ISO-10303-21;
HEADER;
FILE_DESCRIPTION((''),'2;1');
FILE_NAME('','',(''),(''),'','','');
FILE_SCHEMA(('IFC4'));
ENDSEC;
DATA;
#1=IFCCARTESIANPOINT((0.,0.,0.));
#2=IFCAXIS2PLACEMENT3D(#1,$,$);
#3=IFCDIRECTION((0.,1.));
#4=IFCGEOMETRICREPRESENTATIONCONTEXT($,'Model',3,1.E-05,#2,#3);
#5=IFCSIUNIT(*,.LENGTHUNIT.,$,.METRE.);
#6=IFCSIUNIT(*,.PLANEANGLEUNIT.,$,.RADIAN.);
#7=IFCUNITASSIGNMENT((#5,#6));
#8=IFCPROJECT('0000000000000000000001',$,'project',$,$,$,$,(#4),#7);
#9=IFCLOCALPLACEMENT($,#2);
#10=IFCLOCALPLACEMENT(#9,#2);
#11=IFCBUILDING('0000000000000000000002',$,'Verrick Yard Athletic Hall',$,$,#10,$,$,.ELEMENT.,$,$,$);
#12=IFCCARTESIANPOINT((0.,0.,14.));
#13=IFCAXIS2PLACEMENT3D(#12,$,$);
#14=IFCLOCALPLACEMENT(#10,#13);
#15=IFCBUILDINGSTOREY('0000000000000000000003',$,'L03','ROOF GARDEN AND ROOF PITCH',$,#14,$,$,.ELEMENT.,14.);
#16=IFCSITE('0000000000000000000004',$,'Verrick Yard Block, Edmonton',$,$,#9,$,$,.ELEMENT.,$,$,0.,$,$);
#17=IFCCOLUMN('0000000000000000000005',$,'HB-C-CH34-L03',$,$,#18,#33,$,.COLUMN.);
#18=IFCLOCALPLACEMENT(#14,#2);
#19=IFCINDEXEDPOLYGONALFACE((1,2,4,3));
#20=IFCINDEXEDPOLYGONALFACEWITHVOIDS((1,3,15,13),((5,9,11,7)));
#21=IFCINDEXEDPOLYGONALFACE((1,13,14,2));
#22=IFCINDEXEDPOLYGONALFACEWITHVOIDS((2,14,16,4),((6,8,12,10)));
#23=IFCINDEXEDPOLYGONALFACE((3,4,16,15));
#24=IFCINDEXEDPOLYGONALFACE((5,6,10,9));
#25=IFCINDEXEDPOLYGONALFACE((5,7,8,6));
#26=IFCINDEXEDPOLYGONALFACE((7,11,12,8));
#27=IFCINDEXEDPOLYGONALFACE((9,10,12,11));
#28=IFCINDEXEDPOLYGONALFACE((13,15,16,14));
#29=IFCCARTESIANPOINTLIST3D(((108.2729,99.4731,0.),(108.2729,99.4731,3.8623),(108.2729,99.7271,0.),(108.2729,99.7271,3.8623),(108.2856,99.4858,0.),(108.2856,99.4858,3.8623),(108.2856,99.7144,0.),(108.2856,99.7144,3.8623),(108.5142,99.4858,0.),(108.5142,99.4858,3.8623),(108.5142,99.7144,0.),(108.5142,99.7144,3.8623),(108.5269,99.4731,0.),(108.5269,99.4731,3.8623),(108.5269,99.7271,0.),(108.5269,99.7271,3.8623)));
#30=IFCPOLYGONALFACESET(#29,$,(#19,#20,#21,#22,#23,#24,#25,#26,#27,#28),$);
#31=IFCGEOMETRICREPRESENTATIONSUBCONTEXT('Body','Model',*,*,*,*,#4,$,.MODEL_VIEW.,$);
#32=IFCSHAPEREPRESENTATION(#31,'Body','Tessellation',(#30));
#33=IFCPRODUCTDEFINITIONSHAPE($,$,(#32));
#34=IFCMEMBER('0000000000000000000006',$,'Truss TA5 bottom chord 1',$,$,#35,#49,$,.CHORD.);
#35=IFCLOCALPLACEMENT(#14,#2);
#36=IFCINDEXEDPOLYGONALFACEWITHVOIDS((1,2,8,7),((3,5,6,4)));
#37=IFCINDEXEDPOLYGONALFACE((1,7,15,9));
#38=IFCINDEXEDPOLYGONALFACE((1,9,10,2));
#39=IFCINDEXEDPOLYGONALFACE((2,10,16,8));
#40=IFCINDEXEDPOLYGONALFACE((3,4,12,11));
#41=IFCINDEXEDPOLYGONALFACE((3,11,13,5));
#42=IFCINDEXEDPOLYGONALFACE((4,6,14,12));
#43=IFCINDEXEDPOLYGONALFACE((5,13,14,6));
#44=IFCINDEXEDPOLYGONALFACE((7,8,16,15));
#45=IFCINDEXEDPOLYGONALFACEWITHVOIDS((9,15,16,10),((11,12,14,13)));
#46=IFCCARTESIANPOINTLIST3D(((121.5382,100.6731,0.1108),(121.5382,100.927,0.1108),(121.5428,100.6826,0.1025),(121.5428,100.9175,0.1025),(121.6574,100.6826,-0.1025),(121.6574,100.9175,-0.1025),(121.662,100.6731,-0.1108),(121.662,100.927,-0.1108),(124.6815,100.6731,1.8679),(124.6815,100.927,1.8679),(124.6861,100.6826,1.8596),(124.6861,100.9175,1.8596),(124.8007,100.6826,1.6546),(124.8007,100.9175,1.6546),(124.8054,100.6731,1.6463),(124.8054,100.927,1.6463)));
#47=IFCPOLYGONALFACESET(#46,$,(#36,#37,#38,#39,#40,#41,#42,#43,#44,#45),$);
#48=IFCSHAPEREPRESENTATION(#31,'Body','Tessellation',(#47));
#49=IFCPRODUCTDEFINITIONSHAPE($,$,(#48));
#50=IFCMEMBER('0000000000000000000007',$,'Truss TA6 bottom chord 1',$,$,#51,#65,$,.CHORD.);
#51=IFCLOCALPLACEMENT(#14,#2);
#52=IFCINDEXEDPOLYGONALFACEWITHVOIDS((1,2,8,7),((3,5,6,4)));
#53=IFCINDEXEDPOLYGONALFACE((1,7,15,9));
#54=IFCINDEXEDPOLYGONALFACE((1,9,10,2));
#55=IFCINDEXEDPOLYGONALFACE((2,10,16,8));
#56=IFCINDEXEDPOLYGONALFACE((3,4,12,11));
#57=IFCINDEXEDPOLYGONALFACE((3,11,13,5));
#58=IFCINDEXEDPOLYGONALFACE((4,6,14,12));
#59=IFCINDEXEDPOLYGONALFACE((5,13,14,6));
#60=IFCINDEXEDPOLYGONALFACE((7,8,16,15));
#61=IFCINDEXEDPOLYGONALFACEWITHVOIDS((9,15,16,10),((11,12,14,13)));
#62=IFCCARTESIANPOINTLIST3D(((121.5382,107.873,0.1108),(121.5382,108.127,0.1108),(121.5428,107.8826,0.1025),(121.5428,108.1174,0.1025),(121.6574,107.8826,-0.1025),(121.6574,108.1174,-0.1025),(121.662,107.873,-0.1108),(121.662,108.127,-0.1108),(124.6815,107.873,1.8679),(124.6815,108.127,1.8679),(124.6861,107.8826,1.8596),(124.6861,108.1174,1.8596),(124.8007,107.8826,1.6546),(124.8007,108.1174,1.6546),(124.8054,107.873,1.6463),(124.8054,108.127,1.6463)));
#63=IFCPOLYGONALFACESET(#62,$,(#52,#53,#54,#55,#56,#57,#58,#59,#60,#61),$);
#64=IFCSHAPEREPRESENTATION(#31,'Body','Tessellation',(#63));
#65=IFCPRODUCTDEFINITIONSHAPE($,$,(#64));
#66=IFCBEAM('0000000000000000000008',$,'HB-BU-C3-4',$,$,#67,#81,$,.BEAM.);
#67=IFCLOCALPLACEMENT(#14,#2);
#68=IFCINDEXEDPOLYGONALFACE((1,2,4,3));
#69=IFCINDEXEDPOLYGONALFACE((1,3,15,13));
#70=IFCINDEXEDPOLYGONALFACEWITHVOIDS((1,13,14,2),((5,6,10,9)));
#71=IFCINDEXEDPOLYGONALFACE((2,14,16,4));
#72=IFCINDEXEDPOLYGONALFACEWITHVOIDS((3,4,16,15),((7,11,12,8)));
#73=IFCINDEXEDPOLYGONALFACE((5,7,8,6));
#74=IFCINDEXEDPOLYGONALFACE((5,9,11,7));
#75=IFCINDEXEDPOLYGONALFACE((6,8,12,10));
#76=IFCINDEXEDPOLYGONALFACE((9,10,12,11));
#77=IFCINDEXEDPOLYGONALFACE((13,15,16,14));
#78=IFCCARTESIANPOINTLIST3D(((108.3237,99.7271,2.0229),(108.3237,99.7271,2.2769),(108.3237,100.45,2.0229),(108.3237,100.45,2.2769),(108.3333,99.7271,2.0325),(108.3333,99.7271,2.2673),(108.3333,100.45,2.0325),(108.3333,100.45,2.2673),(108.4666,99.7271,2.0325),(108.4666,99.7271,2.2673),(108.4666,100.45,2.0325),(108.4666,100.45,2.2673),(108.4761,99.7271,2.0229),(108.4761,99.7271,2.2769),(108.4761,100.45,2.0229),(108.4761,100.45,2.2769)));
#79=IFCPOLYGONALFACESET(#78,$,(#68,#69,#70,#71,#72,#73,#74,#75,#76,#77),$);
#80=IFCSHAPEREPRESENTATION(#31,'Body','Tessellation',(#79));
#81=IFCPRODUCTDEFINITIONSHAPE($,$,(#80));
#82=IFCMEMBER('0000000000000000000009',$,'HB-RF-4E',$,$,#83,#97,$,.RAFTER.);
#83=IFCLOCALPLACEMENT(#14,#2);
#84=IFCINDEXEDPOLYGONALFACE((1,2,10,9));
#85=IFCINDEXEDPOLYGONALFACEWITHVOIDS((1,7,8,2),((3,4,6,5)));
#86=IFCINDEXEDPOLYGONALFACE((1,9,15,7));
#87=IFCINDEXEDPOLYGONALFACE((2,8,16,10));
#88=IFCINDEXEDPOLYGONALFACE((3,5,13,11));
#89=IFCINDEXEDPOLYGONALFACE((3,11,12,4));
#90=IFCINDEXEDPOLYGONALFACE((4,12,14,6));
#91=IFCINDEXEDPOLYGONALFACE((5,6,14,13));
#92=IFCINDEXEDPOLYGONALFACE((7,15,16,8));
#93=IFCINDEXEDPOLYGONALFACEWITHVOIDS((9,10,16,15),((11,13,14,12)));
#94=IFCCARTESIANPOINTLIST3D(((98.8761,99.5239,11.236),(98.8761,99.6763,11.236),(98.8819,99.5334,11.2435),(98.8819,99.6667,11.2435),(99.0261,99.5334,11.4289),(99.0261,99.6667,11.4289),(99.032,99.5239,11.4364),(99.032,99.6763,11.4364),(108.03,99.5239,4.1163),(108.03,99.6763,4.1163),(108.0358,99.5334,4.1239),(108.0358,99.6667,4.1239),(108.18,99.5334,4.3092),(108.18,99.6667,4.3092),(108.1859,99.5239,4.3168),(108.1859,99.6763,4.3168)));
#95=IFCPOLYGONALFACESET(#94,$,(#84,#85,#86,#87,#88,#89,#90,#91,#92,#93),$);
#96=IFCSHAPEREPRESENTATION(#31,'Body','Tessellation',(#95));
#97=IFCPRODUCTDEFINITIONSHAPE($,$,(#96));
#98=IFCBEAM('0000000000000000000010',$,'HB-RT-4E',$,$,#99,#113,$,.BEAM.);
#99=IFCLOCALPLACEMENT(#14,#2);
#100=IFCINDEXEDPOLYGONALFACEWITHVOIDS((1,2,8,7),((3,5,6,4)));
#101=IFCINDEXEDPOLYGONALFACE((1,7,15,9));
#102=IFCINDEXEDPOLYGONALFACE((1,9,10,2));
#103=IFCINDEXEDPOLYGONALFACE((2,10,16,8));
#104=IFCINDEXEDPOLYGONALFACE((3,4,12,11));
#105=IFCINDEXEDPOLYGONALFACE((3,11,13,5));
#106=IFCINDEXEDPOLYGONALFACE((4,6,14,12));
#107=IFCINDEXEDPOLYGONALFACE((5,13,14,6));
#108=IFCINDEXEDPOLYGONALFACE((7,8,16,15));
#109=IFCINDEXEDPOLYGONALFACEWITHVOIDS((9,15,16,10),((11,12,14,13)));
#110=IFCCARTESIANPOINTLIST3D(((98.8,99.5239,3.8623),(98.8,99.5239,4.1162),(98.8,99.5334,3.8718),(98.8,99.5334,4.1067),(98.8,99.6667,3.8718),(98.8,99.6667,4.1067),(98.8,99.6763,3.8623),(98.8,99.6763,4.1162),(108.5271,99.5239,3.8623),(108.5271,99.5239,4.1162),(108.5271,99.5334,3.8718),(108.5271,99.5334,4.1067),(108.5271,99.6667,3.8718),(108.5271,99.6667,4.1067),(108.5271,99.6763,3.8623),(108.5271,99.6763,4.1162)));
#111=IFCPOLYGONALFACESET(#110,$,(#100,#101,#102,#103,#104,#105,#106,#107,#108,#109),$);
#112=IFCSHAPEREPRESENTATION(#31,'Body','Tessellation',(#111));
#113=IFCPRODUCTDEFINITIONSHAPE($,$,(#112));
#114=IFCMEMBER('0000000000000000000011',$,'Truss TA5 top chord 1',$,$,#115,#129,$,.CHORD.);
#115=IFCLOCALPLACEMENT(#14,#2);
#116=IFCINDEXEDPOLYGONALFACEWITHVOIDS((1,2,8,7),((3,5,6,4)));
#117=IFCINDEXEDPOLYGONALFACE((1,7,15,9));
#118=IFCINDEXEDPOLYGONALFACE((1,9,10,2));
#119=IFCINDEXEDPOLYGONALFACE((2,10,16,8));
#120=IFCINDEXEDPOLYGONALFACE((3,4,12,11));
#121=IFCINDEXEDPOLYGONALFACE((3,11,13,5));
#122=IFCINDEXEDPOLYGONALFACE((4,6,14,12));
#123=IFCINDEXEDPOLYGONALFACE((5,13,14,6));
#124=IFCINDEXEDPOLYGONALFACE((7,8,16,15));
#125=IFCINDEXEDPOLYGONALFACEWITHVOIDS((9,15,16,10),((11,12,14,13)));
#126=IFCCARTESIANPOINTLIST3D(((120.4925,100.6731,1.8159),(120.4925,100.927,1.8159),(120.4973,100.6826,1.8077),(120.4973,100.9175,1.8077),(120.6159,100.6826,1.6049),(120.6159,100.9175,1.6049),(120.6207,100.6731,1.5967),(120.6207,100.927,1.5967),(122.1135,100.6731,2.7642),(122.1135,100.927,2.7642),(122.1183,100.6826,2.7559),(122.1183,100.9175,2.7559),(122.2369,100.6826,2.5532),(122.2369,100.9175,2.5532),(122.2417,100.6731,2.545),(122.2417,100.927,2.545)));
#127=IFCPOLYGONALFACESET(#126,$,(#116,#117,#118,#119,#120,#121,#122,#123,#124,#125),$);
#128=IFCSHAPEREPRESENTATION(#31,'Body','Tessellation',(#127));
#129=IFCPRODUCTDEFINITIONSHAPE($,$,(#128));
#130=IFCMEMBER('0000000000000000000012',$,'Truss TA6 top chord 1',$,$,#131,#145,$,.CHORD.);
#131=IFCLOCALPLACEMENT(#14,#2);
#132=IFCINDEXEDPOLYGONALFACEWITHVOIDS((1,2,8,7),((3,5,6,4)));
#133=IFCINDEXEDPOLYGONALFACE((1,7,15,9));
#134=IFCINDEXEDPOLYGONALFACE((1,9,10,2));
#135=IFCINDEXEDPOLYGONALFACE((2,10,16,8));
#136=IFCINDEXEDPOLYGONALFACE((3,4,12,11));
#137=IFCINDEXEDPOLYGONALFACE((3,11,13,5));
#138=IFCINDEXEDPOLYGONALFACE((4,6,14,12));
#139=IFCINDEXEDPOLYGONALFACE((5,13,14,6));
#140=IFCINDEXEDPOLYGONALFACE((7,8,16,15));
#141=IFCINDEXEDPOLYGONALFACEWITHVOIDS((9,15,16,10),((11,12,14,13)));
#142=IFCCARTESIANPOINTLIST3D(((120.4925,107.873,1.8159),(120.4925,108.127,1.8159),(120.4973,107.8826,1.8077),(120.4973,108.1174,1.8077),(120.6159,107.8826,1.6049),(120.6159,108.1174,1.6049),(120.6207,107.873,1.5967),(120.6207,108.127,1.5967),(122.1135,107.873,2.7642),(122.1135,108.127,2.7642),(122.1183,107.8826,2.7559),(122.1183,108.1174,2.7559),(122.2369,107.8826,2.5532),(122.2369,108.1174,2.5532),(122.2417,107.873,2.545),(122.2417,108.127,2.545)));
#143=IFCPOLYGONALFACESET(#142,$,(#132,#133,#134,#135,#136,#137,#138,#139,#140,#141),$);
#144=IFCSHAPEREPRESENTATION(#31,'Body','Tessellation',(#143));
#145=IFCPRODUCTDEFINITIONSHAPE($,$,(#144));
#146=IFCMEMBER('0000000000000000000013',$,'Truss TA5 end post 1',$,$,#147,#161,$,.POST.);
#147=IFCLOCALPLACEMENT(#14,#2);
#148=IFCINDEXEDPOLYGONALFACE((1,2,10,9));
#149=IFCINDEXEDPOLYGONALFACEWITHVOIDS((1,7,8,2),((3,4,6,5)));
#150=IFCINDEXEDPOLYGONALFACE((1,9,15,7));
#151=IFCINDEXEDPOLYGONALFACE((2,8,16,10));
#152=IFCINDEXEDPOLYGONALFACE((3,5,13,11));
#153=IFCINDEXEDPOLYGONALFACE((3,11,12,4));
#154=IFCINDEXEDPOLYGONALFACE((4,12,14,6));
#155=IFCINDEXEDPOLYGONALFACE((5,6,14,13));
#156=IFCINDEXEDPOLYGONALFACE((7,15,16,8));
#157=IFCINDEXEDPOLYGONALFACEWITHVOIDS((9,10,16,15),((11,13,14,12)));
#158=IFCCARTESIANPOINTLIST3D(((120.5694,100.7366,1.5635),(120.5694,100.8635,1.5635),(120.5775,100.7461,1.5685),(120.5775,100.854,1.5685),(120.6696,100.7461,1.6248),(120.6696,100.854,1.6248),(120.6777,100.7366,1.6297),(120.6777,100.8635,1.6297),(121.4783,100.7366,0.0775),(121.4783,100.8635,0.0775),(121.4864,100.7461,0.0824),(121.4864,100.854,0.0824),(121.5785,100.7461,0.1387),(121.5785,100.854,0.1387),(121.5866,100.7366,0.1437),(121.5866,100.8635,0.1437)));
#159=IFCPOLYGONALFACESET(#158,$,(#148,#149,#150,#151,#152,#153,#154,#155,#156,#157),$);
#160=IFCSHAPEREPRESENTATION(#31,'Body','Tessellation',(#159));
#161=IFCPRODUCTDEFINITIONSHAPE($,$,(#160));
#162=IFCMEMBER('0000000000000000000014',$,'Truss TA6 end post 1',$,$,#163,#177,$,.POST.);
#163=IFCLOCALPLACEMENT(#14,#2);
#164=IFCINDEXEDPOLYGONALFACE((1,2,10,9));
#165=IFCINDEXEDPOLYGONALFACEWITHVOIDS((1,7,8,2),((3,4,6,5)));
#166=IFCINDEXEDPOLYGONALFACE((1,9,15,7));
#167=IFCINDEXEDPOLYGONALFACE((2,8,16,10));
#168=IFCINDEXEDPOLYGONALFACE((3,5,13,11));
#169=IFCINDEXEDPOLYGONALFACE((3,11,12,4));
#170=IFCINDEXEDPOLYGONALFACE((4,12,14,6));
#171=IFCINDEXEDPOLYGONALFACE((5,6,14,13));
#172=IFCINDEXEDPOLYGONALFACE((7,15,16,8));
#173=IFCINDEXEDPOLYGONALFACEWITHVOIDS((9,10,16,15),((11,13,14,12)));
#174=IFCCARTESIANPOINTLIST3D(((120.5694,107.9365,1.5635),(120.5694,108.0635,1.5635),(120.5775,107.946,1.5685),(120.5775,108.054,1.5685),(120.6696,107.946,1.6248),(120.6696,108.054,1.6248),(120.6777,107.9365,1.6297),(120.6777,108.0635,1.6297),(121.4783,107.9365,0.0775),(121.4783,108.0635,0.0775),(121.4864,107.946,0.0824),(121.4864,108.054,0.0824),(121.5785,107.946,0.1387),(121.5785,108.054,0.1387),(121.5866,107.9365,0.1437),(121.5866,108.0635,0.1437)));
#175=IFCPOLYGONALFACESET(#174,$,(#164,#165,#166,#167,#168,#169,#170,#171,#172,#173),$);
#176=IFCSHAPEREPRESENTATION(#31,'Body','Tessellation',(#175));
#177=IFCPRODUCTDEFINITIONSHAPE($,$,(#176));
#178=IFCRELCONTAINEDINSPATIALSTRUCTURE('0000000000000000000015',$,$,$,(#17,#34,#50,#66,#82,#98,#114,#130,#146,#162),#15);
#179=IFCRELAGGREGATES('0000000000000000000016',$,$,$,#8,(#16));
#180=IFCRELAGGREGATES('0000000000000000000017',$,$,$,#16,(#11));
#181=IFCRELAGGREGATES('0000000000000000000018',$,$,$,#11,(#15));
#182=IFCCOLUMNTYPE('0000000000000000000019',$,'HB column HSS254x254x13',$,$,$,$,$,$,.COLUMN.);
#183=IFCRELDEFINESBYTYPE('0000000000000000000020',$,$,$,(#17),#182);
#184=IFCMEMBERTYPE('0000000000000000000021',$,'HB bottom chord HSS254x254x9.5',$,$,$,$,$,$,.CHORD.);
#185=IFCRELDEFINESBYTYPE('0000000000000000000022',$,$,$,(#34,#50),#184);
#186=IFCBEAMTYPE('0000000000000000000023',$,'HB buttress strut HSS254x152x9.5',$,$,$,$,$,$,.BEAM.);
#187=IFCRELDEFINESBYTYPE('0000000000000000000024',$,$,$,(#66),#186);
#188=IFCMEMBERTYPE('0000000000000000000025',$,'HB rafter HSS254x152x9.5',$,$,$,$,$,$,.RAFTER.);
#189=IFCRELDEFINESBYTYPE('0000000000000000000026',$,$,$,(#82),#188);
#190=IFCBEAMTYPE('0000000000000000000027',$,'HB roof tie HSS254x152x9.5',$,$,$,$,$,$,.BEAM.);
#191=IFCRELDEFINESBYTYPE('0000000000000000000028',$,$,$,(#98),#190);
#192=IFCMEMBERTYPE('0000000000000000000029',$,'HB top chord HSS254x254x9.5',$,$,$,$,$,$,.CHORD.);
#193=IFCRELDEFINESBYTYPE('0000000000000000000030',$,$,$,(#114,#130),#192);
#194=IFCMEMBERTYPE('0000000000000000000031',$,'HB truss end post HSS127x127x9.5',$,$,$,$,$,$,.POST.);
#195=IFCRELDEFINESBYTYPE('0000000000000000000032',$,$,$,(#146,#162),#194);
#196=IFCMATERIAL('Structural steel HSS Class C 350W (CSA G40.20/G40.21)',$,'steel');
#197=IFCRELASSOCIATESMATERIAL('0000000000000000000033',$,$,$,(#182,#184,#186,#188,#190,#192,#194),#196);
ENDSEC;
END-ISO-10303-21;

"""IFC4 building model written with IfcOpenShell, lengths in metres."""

from ifc_helpers import new_model, si_unit, direction, frame, origin, origin_2d, place, context, subcontext, project, spatial, hollow_rectangle, extrude, material, material_profile, profile_set, type_object, element, save


model = new_model("IFC4")

# Units and contexts
model_context = context("Model", 3, precision=1e-05, world=origin(), true_north=direction((0.0, 1.0)))
body_context = subcontext(model_context, "Body", "Model", "MODEL_VIEW")
ifc_project = project(units=[si_unit("LENGTHUNIT", "METRE"), si_unit("PLANEANGLEUNIT", "RADIAN")], contexts=[model_context])

# Site, building, storey
site_placement = place(None, origin())
site = spatial("IfcSite", under=ifc_project, at=site_placement, Name="Verrick Yard Block, Edmonton", CompositionType="ELEMENT", RefElevation=0.0)
building_placement = place(site_placement, origin())
building = spatial("IfcBuilding", under=site, at=building_placement, Name="Verrick Yard Athletic Hall", CompositionType="ELEMENT")
storey_placement = place(building_placement, frame((0.0, 0.0, 14.0)))
storey = spatial("IfcBuildingStorey", under=building, at=storey_placement, Name="L03", Description="ROOF GARDEN AND ROOF PITCH", CompositionType="ELEMENT", Elevation=14.0)

# Column
ifc_material_1 = material(Name="Structural steel HSS Class C 350W (CSA G40.20/G40.21)", Category="steel")
ifc_material_profile_1 = material_profile(ifc_material_1, hollow_rectangle(XDim=0.2539, YDim=0.2539, WallThickness=0.0127, at=origin_2d()), Name="HSS254x254x13")
ifc_profile_set_1 = profile_set([ifc_material_profile_1], Name="Structural steel HSS Class C 350W (CSA G40.20/G40.21)")
column_type = type_object("IfcColumnType", Name="HB column HSS254x254x13", PredefinedType="COLUMN", material=ifc_profile_set_1)
column_placement = place(storey_placement, frame((108.3999, 99.6001, 0.0), z_axis=(0.0, 0.0, 1.0), x_axis=(1.0, 0.0, 0.0)))
element("IfcColumn", 1, at=column_placement, inside=storey, type_object=column_type, Name="HB-C-CH34-L03", PredefinedType="COLUMN", context=body_context, shape_type="SweptSolid", body=[
    extrude(hollow_rectangle(XDim=0.2539, YDim=0.2539, WallThickness=0.0127, at=origin_2d()), origin(), (0.0, 0.0, 1.0), 3.8623),
])

# Members
ifc_material_profile_2 = material_profile(ifc_material_1, hollow_rectangle(XDim=0.2539, YDim=0.2539, WallThickness=0.0095, at=origin_2d()), Name="HSS254x254x9.5")
ifc_profile_set_2 = profile_set([ifc_material_profile_2], Name="Structural steel HSS Class C 350W (CSA G40.20/G40.21)")
member_type_1 = type_object("IfcMemberType", Name="HB bottom chord HSS254x254x9.5", PredefinedType="CHORD", material=ifc_profile_set_2)
for number, where, z_axis, x_axis, name in (
    (2, (121.6001, 100.8, 0.0), (0.872881, 0.0, 0.487932), (0.0, 1.0, 0.0), "Truss TA5 bottom chord 1"),
    (3, (121.6001, 108.0, 0.0), (0.872881, 0.0, 0.487932), (0.0, 1.0, 0.0), "Truss TA6 bottom chord 1"),
):
    element("IfcMember", number, at=place(storey_placement, frame(where, z_axis=z_axis, x_axis=x_axis)), inside=storey, type_object=member_type_1, Name=name, PredefinedType="CHORD", context=body_context, shape_type="SweptSolid", body=[
        extrude(hollow_rectangle(XDim=0.2539, YDim=0.2539, WallThickness=0.0095, at=origin_2d()), origin(), (0.0, 0.0, 1.0), 3.6011),
    ])

# Beam
ifc_material_profile_3 = material_profile(ifc_material_1, hollow_rectangle(XDim=0.1523, YDim=0.2539, WallThickness=0.0095, at=origin_2d()), Name="HSS254x152x9.5")
ifc_profile_set_3 = profile_set([ifc_material_profile_3], Name="Structural steel HSS Class C 350W (CSA G40.20/G40.21)")
beam_type_1 = type_object("IfcBeamType", Name="HB buttress strut HSS254x152x9.5", PredefinedType="BEAM", material=ifc_profile_set_3)
beam_1_placement = place(storey_placement, frame((108.3999, 99.7271, 2.1499), z_axis=(0.0, 1.0, 0.0), x_axis=(-1.0, 0.0, 0.0)))
element("IfcBeam", 4, at=beam_1_placement, inside=storey, type_object=beam_type_1, Name="HB-BU-C3-4", PredefinedType="BEAM", context=body_context, shape_type="SweptSolid", body=[
    extrude(hollow_rectangle(XDim=0.1523, YDim=0.2539, WallThickness=0.0095, at=origin_2d()), origin(), (0.0, 0.0, 1.0), 0.7229),
])

# Member
ifc_material_profile_4 = material_profile(ifc_material_1, hollow_rectangle(XDim=0.1523, YDim=0.2539, WallThickness=0.0095, at=origin_2d()), Name="HSS254x152x9.5")
ifc_profile_set_4 = profile_set([ifc_material_profile_4], Name="Structural steel HSS Class C 350W (CSA G40.20/G40.21)")
member_type_2 = type_object("IfcMemberType", Name="HB rafter HSS254x152x9.5", PredefinedType="RAFTER", material=ifc_profile_set_4)
member_placement = place(storey_placement, frame((108.1079, 99.6001, 4.2166), z_axis=(-0.789352, 0.0, 0.613941), x_axis=(0.0, -1.0, 0.0)))
element("IfcMember", 5, at=member_placement, inside=storey, type_object=member_type_2, Name="HB-RF-4E", PredefinedType="RAFTER", context=body_context, shape_type="SweptSolid", body=[
    extrude(hollow_rectangle(XDim=0.1523, YDim=0.2539, WallThickness=0.0095, at=origin_2d()), origin(), (0.0, 0.0, 1.0), 11.5967),
])

# Beam
ifc_material_profile_5 = material_profile(ifc_material_1, hollow_rectangle(XDim=0.1523, YDim=0.2539, WallThickness=0.0095, at=origin_2d()), Name="HSS254x152x9.5")
ifc_profile_set_5 = profile_set([ifc_material_profile_5], Name="Structural steel HSS Class C 350W (CSA G40.20/G40.21)")
beam_type_2 = type_object("IfcBeamType", Name="HB roof tie HSS254x152x9.5", PredefinedType="BEAM", material=ifc_profile_set_5)
beam_2_placement = place(storey_placement, frame((108.5271, 99.6001, 3.9893), z_axis=(-1.0, 0.0, 0.0), x_axis=(0.0, -1.0, 0.0)))
element("IfcBeam", 6, at=beam_2_placement, inside=storey, type_object=beam_type_2, Name="HB-RT-4E", PredefinedType="BEAM", context=body_context, shape_type="SweptSolid", body=[
    extrude(hollow_rectangle(XDim=0.1523, YDim=0.2539, WallThickness=0.0095, at=origin_2d()), origin(), (0.0, 0.0, 1.0), 9.7271),
])

# Members
ifc_material_profile_6 = material_profile(ifc_material_1, hollow_rectangle(XDim=0.2539, YDim=0.2539, WallThickness=0.0095, at=origin_2d()), Name="HSS254x254x9.5")
ifc_profile_set_6 = profile_set([ifc_material_profile_6], Name="Structural steel HSS Class C 350W (CSA G40.20/G40.21)")
member_type_3 = type_object("IfcMemberType", Name="HB top chord HSS254x254x9.5", PredefinedType="CHORD", material=ifc_profile_set_6)
for number, where, z_axis, x_axis, name in (
    (7, (120.5566, 100.8, 1.7063), (0.863142, 0.0, 0.504962), (0.0, 1.0, 0.0), "Truss TA5 top chord 1"),
    (8, (120.5566, 108.0, 1.7063), (0.863142, 0.0, 0.504962), (0.0, 1.0, 0.0), "Truss TA6 top chord 1"),
):
    element("IfcMember", number, at=place(storey_placement, frame(where, z_axis=z_axis, x_axis=x_axis)), inside=storey, type_object=member_type_3, Name=name, PredefinedType="CHORD", context=body_context, shape_type="SweptSolid", body=[
        extrude(hollow_rectangle(XDim=0.2539, YDim=0.2539, WallThickness=0.0095, at=origin_2d()), origin(), (0.0, 0.0, 1.0), 1.8779),
    ])
ifc_material_profile_7 = material_profile(ifc_material_1, hollow_rectangle(XDim=0.127, YDim=0.127, WallThickness=0.0095, at=origin_2d()), Name="HSS127x127x9.5")
ifc_profile_set_7 = profile_set([ifc_material_profile_7], Name="Structural steel HSS Class C 350W (CSA G40.20/G40.21)")
member_type_4 = type_object("IfcMemberType", Name="HB truss end post HSS127x127x9.5", PredefinedType="POST", material=ifc_profile_set_7)
for number, where, z_axis, x_axis, name in (
    (9, (121.5325, 100.8, 0.1106), (-0.521773, 0.0, 0.853084), (0.0, -1.0, 0.0), "Truss TA5 end post 1"),
    (10, (121.5325, 108.0, 0.1106), (-0.521773, 0.0, 0.853084), (0.0, -1.0, 0.0), "Truss TA6 end post 1"),
):
    element("IfcMember", number, at=place(storey_placement, frame(where, z_axis=z_axis, x_axis=x_axis)), inside=storey, type_object=member_type_4, Name=name, PredefinedType="POST", context=body_context, shape_type="SweptSolid", body=[
        extrude(hollow_rectangle(XDim=0.127, YDim=0.127, WallThickness=0.0095, at=origin_2d()), origin(), (0.0, 0.0, 1.0), 1.7419),
    ])

save(model, "model.ifc")
